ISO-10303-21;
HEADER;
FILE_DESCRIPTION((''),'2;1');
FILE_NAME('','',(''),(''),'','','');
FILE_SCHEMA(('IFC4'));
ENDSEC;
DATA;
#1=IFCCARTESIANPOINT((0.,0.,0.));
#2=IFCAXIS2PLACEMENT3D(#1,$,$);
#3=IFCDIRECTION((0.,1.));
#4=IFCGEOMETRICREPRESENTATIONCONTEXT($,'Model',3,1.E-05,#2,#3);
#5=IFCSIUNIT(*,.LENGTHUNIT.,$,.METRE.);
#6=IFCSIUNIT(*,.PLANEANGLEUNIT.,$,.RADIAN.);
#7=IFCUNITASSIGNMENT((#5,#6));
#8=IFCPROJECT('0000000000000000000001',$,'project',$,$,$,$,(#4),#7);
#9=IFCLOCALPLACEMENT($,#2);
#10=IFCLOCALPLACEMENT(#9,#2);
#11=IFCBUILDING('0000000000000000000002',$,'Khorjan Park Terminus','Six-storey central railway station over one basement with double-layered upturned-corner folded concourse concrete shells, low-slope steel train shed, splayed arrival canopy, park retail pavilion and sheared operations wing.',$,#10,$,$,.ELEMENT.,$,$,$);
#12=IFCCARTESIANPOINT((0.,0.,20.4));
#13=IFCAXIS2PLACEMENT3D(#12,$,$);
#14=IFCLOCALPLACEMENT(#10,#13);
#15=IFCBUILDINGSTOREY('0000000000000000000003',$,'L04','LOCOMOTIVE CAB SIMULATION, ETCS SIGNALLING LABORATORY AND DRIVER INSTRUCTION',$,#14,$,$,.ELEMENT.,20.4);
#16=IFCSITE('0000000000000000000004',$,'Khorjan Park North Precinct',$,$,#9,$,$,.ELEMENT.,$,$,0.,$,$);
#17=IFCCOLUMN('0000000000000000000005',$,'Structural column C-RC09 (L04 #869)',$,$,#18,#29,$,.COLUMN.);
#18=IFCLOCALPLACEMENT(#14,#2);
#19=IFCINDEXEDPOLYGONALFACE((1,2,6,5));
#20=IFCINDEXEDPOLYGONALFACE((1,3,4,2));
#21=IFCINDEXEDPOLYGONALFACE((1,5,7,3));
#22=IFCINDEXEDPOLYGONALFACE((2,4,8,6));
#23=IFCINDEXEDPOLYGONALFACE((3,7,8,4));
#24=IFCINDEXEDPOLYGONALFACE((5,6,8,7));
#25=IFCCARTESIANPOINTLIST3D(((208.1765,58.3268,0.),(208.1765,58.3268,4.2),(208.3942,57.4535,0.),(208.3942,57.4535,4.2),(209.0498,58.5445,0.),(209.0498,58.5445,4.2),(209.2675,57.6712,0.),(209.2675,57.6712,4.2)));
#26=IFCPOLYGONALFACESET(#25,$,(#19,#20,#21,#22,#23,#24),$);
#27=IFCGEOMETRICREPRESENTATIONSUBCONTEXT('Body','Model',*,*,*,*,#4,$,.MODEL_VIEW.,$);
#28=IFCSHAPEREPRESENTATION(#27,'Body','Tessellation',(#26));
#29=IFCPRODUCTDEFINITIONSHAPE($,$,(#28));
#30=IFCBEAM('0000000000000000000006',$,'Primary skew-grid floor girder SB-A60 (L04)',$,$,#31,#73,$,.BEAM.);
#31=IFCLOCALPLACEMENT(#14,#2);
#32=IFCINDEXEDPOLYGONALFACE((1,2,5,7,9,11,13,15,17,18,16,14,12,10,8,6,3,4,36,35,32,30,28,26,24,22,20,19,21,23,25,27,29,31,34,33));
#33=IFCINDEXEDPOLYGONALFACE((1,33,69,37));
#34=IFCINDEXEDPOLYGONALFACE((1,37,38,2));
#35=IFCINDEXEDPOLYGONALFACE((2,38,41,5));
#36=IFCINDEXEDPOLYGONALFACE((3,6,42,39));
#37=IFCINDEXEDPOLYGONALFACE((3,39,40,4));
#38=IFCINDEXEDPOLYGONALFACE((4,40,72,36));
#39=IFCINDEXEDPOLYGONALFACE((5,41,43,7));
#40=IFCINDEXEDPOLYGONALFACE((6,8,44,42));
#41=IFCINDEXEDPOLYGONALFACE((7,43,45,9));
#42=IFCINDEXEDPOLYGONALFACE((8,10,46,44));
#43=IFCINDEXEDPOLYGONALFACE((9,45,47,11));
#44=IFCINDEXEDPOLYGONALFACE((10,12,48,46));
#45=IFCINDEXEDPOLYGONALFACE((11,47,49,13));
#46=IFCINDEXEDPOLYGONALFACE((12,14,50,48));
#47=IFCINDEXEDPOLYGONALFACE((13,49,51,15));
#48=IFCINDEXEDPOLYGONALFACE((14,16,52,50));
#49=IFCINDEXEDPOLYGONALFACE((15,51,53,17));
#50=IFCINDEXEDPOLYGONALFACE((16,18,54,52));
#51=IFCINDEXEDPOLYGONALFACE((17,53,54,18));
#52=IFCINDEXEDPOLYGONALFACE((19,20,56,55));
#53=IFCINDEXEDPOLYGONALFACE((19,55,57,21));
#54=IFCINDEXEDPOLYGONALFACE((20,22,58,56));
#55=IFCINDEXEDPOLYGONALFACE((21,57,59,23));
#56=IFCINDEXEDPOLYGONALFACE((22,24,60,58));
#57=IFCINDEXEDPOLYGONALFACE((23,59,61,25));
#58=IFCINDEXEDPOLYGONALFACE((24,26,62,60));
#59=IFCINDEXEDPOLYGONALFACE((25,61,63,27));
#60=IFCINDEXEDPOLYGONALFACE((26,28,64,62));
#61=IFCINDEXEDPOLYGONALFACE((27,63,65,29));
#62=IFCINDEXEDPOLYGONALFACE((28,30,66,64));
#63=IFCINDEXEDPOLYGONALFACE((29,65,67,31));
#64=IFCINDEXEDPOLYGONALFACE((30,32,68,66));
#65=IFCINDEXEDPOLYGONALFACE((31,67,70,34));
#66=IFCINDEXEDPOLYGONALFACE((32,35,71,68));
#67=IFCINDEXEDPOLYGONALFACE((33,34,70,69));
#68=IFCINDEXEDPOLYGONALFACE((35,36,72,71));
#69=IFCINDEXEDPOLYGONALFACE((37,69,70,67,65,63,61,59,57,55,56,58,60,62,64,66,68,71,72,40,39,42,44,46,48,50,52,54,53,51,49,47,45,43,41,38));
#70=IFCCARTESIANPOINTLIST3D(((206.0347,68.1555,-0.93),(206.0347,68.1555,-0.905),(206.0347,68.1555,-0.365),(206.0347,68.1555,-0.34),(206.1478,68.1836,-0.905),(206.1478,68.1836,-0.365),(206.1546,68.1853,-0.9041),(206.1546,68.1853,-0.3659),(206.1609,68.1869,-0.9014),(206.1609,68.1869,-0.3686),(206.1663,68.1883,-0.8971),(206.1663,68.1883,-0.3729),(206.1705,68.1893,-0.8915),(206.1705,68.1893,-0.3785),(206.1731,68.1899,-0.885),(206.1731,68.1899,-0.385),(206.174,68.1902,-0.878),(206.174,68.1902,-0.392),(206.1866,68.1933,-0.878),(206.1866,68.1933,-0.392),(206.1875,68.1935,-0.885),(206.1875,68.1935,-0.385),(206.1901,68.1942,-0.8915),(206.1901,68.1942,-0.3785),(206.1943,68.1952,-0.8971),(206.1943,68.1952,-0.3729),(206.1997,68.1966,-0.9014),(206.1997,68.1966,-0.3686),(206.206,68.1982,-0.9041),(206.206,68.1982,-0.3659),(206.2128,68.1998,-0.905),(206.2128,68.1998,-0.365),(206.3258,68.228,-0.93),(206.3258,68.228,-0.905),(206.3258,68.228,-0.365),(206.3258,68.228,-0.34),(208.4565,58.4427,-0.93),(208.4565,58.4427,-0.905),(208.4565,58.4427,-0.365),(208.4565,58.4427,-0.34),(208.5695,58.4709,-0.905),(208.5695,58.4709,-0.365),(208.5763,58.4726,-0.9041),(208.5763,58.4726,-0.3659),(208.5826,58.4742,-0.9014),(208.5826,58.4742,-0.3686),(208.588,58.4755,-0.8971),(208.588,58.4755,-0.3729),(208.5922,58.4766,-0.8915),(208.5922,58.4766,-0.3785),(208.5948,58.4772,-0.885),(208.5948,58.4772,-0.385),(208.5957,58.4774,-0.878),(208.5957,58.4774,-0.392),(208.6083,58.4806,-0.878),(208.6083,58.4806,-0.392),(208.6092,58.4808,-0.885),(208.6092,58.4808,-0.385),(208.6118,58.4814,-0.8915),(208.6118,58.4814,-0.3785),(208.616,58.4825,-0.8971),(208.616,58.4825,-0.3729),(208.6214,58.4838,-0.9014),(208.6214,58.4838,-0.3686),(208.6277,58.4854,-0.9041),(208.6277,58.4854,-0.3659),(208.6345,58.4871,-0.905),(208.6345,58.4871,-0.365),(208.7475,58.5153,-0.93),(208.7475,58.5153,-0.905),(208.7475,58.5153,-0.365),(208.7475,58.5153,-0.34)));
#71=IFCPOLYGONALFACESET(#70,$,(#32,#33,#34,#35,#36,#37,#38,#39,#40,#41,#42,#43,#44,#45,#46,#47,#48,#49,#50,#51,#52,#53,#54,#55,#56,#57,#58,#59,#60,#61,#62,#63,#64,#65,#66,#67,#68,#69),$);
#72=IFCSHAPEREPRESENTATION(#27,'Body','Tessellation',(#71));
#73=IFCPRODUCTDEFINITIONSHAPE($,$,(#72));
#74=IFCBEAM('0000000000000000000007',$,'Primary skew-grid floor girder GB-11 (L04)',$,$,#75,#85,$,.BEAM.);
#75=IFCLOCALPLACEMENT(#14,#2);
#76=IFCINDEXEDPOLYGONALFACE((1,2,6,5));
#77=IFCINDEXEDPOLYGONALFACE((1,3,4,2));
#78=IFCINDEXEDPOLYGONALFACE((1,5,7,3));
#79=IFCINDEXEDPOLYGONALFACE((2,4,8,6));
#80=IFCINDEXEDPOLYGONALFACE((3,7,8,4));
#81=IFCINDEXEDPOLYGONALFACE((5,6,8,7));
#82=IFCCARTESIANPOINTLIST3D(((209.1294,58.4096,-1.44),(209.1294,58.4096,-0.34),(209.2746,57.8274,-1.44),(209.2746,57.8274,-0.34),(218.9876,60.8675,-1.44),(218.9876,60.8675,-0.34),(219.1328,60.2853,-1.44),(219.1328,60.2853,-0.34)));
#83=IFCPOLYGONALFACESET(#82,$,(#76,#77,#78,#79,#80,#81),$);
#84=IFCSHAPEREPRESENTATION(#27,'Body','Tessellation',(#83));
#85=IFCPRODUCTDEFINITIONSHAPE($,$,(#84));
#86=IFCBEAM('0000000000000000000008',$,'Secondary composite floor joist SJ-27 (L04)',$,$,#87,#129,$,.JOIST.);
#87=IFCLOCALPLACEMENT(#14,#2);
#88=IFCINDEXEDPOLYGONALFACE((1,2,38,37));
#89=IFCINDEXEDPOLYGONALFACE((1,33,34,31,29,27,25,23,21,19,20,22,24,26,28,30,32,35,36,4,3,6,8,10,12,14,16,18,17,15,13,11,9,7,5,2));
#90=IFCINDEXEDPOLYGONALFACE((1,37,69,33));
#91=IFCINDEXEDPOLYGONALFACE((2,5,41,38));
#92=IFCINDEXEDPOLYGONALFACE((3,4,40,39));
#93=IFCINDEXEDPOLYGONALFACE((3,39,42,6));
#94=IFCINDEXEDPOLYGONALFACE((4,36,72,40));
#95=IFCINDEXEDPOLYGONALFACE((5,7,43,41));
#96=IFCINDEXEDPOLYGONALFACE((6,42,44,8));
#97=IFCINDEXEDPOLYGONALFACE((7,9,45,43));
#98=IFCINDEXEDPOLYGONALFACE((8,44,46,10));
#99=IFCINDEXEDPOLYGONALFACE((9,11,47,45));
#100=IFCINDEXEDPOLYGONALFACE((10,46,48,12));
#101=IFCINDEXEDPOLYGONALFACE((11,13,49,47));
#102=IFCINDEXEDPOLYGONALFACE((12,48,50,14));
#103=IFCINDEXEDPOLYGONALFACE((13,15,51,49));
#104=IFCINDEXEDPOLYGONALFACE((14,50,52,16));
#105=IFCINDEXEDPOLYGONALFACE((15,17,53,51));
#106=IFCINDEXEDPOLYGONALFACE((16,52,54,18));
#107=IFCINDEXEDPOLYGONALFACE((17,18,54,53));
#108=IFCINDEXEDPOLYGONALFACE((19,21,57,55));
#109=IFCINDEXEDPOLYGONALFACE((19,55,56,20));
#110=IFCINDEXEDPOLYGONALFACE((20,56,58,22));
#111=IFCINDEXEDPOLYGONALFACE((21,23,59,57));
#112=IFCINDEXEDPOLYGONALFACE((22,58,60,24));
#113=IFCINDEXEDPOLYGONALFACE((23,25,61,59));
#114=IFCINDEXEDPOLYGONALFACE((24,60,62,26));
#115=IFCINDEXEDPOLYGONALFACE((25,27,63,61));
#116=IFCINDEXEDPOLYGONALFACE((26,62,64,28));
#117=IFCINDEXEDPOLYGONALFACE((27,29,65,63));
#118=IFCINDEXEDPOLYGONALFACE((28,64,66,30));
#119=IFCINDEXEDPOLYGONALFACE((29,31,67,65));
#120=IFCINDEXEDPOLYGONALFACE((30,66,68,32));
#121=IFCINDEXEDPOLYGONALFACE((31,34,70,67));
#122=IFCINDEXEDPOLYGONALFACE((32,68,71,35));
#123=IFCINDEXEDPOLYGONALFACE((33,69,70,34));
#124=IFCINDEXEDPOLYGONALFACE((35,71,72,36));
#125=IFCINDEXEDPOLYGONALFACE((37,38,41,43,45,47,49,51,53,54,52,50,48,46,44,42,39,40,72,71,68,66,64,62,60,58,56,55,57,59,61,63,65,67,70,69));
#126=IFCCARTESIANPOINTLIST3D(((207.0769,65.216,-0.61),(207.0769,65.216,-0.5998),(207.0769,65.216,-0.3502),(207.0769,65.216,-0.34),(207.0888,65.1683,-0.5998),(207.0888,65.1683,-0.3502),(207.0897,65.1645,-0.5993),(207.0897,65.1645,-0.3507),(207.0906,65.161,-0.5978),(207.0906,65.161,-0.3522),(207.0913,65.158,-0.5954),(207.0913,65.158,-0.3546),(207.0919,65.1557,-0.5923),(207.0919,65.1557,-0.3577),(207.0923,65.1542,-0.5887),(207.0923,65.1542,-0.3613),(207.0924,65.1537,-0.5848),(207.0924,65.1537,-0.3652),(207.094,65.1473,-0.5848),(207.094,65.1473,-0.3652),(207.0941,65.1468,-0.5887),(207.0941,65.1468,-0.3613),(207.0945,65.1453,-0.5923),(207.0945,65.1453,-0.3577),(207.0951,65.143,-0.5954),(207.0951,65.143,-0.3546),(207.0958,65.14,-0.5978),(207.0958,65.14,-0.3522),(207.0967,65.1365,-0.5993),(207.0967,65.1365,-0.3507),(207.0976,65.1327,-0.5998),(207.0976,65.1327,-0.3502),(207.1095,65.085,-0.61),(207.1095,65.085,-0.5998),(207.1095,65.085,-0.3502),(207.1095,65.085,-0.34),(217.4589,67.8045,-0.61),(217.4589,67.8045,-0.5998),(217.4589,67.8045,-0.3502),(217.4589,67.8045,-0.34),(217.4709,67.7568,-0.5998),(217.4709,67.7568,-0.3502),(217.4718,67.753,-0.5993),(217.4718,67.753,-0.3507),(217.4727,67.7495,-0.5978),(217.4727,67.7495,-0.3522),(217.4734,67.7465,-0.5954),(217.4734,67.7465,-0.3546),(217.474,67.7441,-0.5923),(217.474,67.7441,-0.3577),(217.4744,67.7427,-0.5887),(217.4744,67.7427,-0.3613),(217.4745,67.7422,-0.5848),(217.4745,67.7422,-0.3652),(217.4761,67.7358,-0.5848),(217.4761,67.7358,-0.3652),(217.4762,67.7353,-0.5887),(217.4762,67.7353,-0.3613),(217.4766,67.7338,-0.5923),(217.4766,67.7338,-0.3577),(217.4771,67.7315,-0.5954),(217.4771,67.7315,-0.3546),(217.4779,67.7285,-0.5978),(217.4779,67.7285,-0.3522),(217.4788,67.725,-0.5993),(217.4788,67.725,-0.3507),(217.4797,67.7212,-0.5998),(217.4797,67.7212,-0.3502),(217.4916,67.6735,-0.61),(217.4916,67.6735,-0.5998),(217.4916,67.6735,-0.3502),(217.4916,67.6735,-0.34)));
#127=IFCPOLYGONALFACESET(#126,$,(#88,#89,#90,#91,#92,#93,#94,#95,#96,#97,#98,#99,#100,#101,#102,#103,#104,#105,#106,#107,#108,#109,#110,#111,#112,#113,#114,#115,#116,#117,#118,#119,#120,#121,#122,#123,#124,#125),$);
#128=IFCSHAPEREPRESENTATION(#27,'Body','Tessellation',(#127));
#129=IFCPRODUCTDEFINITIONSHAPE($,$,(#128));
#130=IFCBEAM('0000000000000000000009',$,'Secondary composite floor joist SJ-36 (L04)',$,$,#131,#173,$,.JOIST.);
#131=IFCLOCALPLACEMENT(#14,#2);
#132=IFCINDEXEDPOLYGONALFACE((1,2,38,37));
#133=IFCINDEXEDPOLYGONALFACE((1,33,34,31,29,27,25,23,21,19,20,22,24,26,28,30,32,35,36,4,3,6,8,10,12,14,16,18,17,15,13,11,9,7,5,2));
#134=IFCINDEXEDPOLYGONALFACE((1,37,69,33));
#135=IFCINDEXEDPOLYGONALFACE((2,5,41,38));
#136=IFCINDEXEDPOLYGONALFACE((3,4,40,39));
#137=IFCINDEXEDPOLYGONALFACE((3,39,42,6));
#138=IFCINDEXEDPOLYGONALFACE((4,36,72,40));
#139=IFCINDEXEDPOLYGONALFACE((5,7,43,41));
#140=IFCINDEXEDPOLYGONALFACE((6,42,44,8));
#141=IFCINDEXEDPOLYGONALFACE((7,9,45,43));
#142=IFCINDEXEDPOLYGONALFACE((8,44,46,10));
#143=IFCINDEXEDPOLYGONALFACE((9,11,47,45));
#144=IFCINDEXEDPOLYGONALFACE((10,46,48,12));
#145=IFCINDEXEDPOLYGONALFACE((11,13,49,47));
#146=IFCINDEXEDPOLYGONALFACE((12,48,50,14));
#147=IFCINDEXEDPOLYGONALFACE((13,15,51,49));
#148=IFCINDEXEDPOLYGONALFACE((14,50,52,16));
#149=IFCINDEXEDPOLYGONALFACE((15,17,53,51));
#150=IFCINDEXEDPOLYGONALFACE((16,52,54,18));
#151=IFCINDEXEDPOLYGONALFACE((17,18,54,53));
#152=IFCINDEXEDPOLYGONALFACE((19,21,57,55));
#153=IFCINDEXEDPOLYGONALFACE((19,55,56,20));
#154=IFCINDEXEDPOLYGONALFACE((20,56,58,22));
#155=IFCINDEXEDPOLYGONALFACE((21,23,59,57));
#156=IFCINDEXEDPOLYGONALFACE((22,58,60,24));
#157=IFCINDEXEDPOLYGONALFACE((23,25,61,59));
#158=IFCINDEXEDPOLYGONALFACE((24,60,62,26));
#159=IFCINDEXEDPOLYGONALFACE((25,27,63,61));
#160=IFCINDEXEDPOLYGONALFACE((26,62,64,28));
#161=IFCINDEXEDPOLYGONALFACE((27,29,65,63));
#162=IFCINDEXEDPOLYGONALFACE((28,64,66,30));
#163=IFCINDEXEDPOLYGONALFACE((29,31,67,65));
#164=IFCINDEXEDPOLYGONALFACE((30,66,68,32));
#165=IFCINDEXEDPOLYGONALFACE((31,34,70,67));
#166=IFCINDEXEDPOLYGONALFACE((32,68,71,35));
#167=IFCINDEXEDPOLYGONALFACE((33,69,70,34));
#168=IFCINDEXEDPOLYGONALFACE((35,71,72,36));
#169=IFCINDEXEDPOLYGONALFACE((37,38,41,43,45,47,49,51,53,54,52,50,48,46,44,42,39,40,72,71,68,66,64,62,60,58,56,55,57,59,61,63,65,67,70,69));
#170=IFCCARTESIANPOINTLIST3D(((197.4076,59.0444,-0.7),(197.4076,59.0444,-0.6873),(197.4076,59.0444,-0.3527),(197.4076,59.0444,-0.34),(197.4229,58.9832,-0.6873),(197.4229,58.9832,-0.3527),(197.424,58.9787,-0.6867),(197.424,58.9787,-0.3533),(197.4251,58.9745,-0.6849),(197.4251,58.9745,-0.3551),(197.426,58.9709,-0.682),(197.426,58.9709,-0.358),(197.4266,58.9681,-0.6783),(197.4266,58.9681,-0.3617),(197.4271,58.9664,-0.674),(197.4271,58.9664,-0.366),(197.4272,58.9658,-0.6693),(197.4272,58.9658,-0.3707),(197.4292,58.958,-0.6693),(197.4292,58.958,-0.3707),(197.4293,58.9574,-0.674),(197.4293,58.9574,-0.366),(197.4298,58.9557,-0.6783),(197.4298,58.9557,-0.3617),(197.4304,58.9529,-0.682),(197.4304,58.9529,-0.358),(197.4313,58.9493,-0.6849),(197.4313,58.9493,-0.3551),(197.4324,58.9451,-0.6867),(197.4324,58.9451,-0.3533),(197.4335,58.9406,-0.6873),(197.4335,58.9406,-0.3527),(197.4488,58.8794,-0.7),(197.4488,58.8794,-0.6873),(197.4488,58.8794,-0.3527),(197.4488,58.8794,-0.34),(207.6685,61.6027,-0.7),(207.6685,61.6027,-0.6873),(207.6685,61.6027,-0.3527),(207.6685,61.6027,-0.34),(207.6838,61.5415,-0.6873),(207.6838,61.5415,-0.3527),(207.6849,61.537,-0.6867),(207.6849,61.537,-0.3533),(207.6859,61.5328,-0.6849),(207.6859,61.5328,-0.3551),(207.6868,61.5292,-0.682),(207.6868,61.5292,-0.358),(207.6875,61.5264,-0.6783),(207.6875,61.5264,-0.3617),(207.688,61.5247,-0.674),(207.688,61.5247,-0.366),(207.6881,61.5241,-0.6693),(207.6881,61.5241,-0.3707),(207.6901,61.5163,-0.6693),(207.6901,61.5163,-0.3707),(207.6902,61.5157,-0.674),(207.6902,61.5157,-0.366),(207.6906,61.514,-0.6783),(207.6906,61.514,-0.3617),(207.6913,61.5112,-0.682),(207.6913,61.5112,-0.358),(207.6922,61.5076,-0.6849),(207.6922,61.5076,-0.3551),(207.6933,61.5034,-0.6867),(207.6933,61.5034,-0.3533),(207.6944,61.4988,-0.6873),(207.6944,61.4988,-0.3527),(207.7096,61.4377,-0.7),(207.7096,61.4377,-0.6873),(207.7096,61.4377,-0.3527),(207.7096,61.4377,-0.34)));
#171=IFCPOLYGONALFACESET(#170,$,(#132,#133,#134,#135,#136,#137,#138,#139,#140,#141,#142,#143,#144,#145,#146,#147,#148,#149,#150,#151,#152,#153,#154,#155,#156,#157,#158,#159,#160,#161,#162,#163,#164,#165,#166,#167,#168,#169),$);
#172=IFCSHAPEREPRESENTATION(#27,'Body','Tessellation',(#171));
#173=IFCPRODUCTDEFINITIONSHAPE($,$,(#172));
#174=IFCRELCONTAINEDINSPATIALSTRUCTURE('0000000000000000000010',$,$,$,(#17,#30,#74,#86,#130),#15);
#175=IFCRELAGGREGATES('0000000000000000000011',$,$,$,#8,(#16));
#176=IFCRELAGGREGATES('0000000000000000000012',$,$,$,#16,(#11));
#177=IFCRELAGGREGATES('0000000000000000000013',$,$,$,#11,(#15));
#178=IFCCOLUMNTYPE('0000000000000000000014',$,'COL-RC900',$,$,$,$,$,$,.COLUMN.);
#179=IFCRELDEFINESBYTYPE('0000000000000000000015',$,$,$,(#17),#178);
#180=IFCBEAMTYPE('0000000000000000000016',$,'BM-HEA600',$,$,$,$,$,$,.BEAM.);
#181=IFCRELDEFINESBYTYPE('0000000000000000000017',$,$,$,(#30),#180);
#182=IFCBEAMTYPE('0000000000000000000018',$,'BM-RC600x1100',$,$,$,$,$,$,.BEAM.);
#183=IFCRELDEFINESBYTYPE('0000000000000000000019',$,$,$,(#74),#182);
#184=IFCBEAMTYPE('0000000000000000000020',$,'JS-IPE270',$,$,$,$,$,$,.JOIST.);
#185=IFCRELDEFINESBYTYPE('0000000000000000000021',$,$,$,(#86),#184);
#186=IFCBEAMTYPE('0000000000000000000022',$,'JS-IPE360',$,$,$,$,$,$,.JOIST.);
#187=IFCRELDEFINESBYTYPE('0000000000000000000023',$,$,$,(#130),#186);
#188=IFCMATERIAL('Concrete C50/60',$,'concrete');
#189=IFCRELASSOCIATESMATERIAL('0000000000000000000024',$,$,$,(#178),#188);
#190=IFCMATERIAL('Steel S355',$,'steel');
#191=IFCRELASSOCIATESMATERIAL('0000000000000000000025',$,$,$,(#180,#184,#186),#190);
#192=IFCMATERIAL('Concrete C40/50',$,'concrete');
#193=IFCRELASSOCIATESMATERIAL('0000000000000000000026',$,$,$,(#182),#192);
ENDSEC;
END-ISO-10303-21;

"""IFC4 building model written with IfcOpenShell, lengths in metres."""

from ifc_helpers import new_model, si_unit, direction, frame, origin, origin_2d, place, context, subcontext, project, spatial, rectangle, i_section, extrude, material, material_profile, profile_set, type_object, element, save


model = new_model("IFC4")

# Units and contexts
model_context = context("Model", 3, precision=1e-05, world=origin(), true_north=direction((0.0, 1.0)))
body_context = subcontext(model_context, "Body", "Model", "MODEL_VIEW")
ifc_project = project(units=[si_unit("LENGTHUNIT", "METRE"), si_unit("PLANEANGLEUNIT", "RADIAN")], contexts=[model_context])

# Site, building, storey
site_placement = place(None, origin())
site = spatial("IfcSite", under=ifc_project, at=site_placement, Name="Khorjan Park North Precinct", CompositionType="ELEMENT", RefElevation=0.0)
building_placement = place(site_placement, origin())
building = spatial("IfcBuilding", under=site, at=building_placement, Name="Khorjan Park Terminus", Description="Six-storey central railway station over one basement with double-layered upturned-corner folded concourse concrete shells, low-slope steel train shed, splayed arrival canopy, park retail pavilion and sheared operations wing.", CompositionType="ELEMENT")
storey_placement = place(building_placement, frame((0.0, 0.0, 20.4)))
storey = spatial("IfcBuildingStorey", under=building, at=storey_placement, Name="L04", Description="LOCOMOTIVE CAB SIMULATION, ETCS SIGNALLING LABORATORY AND DRIVER INSTRUCTION", CompositionType="ELEMENT", Elevation=20.4)

# Column
ifc_material_1 = material(Name="Concrete C50/60", Category="concrete")
ifc_material_profile_1 = material_profile(ifc_material_1, rectangle(XDim=0.9, YDim=0.9, at=origin_2d()), Name="RC 900x900")
ifc_profile_set_1 = profile_set([ifc_material_profile_1], Name="Concrete C50/60")
column_type = type_object("IfcColumnType", Name="COL-RC900", PredefinedType="COLUMN", material=ifc_profile_set_1)
column_placement = place(storey_placement, frame((208.722, 57.999, 0.0), z_axis=(0.0, 0.0, 1.0), x_axis=(0.970296, 0.241922, 0.0)))
element("IfcColumn", 1, at=column_placement, inside=storey, type_object=column_type, Name="Structural column C-RC09 (L04 #869)", PredefinedType="COLUMN", context=body_context, shape_type="SweptSolid", body=[
    extrude(rectangle(XDim=0.9, YDim=0.9, at=origin_2d()), origin(), (0.0, 0.0, 1.0), 4.2),
])

# Beams
ifc_material_2 = material(Name="Steel S355", Category="steel")
ifc_material_profile_2 = material_profile(ifc_material_2, i_section(OverallWidth=0.3, OverallDepth=0.59, WebThickness=0.013, FlangeThickness=0.025, FilletRadius=0.027, at=origin_2d()), Name="HEA 600")
ifc_profile_set_2 = profile_set([ifc_material_profile_2], Name="Steel S355")
beam_type_1 = type_object("IfcBeamType", Name="BM-HEA600", PredefinedType="BEAM", material=ifc_profile_set_2)
beam_1_placement = place(storey_placement, frame((208.602, 58.479, -0.635), z_axis=(-0.241927, 0.970295, 0.0), x_axis=(-0.970295, -0.241927, 0.0)))
element("IfcBeam", 2, at=beam_1_placement, inside=storey, type_object=beam_type_1, Name="Primary skew-grid floor girder SB-A60 (L04)", PredefinedType="BEAM", context=body_context, shape_type="SweptSolid", body=[
    extrude(i_section(OverallWidth=0.3, OverallDepth=0.59, WebThickness=0.013, FlangeThickness=0.025, FilletRadius=0.027, at=origin_2d()), origin(), (0.0, 0.0, 1.0), 10.0101),
])
ifc_material_3 = material(Name="Concrete C40/50", Category="concrete")
ifc_material_profile_3 = material_profile(ifc_material_3, rectangle(XDim=0.6, YDim=1.1, at=origin_2d()), Name="RC 600x1100")
ifc_profile_set_3 = profile_set([ifc_material_profile_3], Name="Concrete C40/50")
beam_type_2 = type_object("IfcBeamType", Name="BM-RC600x1100", PredefinedType="BEAM", material=ifc_profile_set_3)
beam_2_placement = place(storey_placement, frame((209.202, 58.1185, -0.89), z_axis=(0.970296, 0.24192, 0.0), x_axis=(-0.24192, 0.970296, 0.0)))
element("IfcBeam", 3, at=beam_2_placement, inside=storey, type_object=beam_type_2, Name="Primary skew-grid floor girder GB-11 (L04)", PredefinedType="BEAM", context=body_context, shape_type="SweptSolid", body=[
    extrude(rectangle(XDim=0.6, YDim=1.1, at=origin_2d()), origin(), (0.0, 0.0, 1.0), 10.16),
])
ifc_material_profile_4 = material_profile(ifc_material_2, i_section(OverallWidth=0.135, OverallDepth=0.27, WebThickness=0.0066, FlangeThickness=0.0102, FilletRadius=0.015, at=origin_2d()), Name="IPE 270")
ifc_profile_set_4 = profile_set([ifc_material_profile_4], Name="Steel S355")
beam_type_3 = type_object("IfcBeamType", Name="JS-IPE270", PredefinedType="JOIST", material=ifc_profile_set_4)
beam_3_placement = place(storey_placement, frame((207.0932, 65.1505, -0.475), z_axis=(0.970297, 0.241918, 0.0), x_axis=(-0.241918, 0.970297, 0.0)))
element("IfcBeam", 4, at=beam_3_placement, inside=storey, type_object=beam_type_3, Name="Secondary composite floor joist SJ-27 (L04)", PredefinedType="JOIST", context=body_context, shape_type="SweptSolid", body=[
    extrude(i_section(OverallWidth=0.135, OverallDepth=0.27, WebThickness=0.0066, FlangeThickness=0.0102, FilletRadius=0.015, at=origin_2d()), origin(), (0.0, 0.0, 1.0), 10.6999),
])
ifc_material_profile_5 = material_profile(ifc_material_2, i_section(OverallWidth=0.17, OverallDepth=0.36, WebThickness=0.008, FlangeThickness=0.0127, FilletRadius=0.018, at=origin_2d()), Name="IPE 360")
ifc_profile_set_5 = profile_set([ifc_material_profile_5], Name="Steel S355")
beam_type_4 = type_object("IfcBeamType", Name="JS-IPE360", PredefinedType="JOIST", material=ifc_profile_set_5)
beam_4_placement = place(storey_placement, frame((197.4282, 58.9619, -0.52), z_axis=(0.970296, 0.241919, 0.0), x_axis=(-0.241919, 0.970296, 0.0)))
element("IfcBeam", 5, at=beam_4_placement, inside=storey, type_object=beam_type_4, Name="Secondary composite floor joist SJ-36 (L04)", PredefinedType="JOIST", context=body_context, shape_type="SweptSolid", body=[
    extrude(i_section(OverallWidth=0.17, OverallDepth=0.36, WebThickness=0.008, FlangeThickness=0.0127, FilletRadius=0.018, at=origin_2d()), origin(), (0.0, 0.0, 1.0), 10.575),
])

save(model, "model.ifc")
